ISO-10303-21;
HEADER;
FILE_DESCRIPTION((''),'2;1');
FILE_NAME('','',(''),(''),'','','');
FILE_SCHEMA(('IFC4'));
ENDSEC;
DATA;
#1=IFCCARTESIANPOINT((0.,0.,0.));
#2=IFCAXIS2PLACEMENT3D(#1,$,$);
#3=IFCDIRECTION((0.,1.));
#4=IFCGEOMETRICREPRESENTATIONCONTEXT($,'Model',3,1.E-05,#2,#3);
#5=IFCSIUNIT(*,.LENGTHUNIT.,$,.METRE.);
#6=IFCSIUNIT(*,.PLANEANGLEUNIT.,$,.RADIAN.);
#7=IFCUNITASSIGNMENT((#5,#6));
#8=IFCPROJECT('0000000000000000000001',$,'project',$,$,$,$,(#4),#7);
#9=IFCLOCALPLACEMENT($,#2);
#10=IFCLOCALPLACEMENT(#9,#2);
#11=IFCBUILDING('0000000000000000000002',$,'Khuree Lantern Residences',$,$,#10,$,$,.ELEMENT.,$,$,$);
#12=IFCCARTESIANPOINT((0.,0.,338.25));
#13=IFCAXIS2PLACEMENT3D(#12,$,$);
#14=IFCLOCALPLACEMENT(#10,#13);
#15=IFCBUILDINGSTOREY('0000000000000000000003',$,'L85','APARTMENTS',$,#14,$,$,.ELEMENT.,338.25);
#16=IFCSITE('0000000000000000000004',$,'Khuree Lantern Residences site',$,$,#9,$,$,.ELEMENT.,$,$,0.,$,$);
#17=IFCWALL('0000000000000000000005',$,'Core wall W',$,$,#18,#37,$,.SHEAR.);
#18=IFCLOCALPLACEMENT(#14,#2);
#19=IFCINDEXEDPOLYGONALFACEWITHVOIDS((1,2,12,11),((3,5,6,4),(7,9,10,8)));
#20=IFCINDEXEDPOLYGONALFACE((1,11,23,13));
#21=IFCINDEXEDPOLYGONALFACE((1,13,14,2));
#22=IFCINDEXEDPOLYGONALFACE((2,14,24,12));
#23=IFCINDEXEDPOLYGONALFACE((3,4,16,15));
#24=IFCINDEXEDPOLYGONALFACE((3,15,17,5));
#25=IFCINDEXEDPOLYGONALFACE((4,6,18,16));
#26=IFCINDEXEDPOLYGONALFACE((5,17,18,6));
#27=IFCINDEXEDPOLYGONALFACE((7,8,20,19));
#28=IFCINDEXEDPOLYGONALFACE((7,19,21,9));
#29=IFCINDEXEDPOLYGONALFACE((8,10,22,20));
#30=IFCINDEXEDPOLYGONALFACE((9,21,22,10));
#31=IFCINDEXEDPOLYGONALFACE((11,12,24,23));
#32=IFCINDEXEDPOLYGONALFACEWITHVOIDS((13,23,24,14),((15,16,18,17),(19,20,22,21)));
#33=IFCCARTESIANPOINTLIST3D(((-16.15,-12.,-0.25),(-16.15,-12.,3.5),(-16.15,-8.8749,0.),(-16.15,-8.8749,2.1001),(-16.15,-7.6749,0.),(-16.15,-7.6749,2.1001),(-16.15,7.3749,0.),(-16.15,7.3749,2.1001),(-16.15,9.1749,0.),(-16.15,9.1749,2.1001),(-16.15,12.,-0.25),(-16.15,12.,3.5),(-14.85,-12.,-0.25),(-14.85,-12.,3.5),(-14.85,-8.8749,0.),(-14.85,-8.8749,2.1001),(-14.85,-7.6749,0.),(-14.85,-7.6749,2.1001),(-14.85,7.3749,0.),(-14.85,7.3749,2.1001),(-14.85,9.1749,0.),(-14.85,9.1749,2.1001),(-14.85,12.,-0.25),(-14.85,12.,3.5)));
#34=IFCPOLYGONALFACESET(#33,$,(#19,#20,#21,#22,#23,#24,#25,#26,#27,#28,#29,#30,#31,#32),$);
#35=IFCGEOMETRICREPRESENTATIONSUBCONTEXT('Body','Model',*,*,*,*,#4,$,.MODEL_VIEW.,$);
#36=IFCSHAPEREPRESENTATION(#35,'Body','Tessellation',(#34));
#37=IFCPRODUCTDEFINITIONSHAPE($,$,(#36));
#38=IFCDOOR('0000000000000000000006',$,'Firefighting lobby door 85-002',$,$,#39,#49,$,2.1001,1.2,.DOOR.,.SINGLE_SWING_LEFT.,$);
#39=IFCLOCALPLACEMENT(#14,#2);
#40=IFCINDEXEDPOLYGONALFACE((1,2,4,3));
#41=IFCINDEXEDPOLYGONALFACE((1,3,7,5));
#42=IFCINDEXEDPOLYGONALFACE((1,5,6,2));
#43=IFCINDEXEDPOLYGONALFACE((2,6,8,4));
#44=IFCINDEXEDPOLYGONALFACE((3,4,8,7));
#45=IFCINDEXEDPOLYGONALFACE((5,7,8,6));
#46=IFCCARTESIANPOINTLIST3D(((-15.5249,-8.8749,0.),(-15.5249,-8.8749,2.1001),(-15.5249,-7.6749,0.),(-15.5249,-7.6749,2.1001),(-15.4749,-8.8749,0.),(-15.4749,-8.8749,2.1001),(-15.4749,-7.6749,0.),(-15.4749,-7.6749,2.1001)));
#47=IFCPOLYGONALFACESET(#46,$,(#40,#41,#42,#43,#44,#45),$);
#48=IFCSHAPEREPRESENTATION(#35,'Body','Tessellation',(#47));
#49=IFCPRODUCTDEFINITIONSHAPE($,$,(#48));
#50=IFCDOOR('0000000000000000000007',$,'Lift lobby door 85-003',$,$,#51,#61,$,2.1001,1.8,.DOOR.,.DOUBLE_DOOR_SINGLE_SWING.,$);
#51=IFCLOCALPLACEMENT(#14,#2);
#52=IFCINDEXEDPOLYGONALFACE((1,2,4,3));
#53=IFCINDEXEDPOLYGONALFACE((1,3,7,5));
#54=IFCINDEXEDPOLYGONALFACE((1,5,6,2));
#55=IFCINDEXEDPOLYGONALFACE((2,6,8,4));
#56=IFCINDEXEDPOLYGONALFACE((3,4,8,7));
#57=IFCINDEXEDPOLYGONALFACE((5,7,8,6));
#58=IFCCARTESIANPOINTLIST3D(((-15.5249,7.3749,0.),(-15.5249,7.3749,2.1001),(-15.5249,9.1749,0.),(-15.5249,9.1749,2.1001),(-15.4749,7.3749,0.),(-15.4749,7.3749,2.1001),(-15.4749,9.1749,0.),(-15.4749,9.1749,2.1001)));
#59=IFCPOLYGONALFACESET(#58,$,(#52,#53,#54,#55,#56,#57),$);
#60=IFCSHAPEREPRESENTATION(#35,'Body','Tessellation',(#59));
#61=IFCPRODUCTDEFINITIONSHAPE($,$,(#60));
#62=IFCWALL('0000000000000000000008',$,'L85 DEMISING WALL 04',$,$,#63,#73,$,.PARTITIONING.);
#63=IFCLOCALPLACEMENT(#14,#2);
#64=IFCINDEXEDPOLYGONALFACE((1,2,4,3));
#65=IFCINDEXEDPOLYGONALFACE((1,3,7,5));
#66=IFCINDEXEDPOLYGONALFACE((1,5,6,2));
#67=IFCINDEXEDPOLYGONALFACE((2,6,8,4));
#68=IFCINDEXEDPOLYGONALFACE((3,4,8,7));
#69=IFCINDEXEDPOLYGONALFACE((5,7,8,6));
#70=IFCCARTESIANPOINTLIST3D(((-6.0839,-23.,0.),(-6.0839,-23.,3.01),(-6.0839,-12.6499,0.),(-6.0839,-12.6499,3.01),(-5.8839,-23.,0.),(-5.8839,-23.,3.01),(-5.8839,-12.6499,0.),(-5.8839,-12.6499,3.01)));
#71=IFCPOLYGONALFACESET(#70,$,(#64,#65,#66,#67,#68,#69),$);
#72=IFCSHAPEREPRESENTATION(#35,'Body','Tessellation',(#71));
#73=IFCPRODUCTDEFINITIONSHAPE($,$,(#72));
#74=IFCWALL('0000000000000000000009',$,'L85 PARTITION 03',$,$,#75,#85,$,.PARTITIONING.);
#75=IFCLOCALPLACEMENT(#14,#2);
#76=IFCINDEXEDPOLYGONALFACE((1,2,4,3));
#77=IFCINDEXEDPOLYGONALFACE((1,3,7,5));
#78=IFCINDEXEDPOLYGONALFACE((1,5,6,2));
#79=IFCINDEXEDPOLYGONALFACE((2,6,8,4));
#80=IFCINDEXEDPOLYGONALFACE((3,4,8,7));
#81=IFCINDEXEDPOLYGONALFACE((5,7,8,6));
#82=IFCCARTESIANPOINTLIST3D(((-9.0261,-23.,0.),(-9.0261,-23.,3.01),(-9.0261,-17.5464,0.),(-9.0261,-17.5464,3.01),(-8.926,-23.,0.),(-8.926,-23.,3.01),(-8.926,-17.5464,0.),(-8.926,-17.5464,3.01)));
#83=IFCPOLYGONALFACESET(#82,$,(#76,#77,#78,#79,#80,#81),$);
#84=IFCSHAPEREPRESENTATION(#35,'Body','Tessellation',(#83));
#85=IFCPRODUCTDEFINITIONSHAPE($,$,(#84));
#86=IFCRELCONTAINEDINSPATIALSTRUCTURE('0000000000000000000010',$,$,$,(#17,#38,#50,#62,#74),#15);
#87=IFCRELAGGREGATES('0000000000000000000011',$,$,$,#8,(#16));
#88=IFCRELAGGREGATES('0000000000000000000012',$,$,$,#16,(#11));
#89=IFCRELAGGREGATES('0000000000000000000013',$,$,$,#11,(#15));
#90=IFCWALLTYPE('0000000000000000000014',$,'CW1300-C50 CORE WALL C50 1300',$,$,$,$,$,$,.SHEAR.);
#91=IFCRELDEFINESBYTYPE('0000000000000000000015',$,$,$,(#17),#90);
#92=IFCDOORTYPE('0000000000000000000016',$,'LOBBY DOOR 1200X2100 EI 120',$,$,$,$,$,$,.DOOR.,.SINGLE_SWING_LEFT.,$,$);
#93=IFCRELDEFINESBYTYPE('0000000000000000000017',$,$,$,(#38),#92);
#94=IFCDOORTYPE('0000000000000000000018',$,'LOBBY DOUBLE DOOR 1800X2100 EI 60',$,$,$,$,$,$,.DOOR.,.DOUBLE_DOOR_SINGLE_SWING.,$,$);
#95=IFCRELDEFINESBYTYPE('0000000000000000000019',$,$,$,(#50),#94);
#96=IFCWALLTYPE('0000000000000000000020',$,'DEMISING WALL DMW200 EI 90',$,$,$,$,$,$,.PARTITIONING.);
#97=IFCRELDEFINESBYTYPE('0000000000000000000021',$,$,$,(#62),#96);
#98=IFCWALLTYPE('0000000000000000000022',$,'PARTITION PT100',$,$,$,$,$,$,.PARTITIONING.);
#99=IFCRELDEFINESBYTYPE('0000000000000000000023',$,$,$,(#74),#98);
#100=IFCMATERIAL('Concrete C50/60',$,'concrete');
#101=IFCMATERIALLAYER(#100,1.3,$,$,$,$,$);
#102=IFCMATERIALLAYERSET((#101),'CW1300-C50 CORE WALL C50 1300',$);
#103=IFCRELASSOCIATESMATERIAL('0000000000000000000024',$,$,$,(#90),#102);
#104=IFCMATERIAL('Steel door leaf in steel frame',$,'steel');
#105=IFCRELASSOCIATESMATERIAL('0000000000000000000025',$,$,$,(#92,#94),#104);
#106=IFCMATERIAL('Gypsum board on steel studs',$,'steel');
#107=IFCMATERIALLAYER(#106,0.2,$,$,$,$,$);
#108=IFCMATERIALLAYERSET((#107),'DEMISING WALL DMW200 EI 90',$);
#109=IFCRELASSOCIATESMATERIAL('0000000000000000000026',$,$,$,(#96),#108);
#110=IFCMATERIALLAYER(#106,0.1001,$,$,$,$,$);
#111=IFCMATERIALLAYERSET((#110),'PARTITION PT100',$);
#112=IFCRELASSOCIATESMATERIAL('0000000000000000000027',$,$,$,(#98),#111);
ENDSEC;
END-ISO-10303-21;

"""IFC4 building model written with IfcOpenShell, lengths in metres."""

from ifc_helpers import new_model, si_unit, direction, frame, frame_2d, origin, place, context, subcontext, project, spatial, rectangle, extrude, material, layer, layer_set, type_object, element, fill, save


model = new_model("IFC4")

# Units and contexts
model_context = context("Model", 3, precision=1e-05, world=origin(), true_north=direction((0.0, 1.0)))
body_context = subcontext(model_context, "Body", "Model", "MODEL_VIEW")
ifc_project = project(units=[si_unit("LENGTHUNIT", "METRE"), si_unit("PLANEANGLEUNIT", "RADIAN")], contexts=[model_context])

# Site, building, storey
site_placement = place(None, origin())
site = spatial("IfcSite", under=ifc_project, at=site_placement, Name="Khuree Lantern Residences site", CompositionType="ELEMENT", RefElevation=0.0)
building_placement = place(site_placement, origin())
building = spatial("IfcBuilding", under=site, at=building_placement, Name="Khuree Lantern Residences", CompositionType="ELEMENT")
storey_placement = place(building_placement, frame((0.0, 0.0, 338.25)))
storey = spatial("IfcBuildingStorey", under=building, at=storey_placement, Name="L85", Description="APARTMENTS", CompositionType="ELEMENT", Elevation=338.25)

# Shared definitions
ifc_material_1 = material(Name="Concrete C50/60", Category="concrete")
ifc_layer_1 = layer(ifc_material_1, 1.3)
ifc_layer_set_1 = layer_set([ifc_layer_1], Name="CW1300-C50 CORE WALL C50 1300")
wall_type_1 = type_object("IfcWallType", Name="CW1300-C50 CORE WALL C50 1300", PredefinedType="SHEAR", material=ifc_layer_set_1)

# Wall, openings, doors
wall_1_placement = place(storey_placement, frame((-15.5, -12.0, -0.25), z_axis=(0.0, 0.0, 1.0), x_axis=(0.0, 1.0, 0.0)))
wall_1 = element("IfcWall", 1, at=wall_1_placement, inside=storey, type_object=wall_type_1, Name="Core wall W", PredefinedType="SHEAR", context=body_context, shape_type="SweptSolid", body=[
    extrude(rectangle(XDim=24.0, YDim=1.3, at=frame_2d((12.0, 0.0))), origin(), (0.0, 0.0, 1.0), 3.75),
])
opening_1_placement = place(wall_1_placement, frame((3.125, 0.0, 0.25)))
opening_1 = element("IfcOpeningElement", 2, at=opening_1_placement, cuts=wall_1, PredefinedType="OPENING", context=body_context, shape_type="SweptSolid", body=[
    extrude(rectangle(XDim=1.2, YDim=2.1001, at=frame_2d((0.6001, 1.05))), frame((0.0, 0.6602, 0.0), z_axis=(0.0, -1.0, 0.0), x_axis=(1.0, 0.0, 0.0)), (0.0, 0.0, 1.0), 1.3201),
])
opening_2_placement = place(wall_1_placement, frame((19.375, 0.0, 0.25)))
opening_2 = element("IfcOpeningElement", 3, at=opening_2_placement, cuts=wall_1, PredefinedType="OPENING", context=body_context, shape_type="SweptSolid", body=[
    extrude(rectangle(XDim=1.8, YDim=2.1001, at=frame_2d((0.8999, 1.05))), frame((0.0, 0.6602, 0.0), z_axis=(0.0, -1.0, 0.0), x_axis=(1.0, 0.0, 0.0)), (0.0, 0.0, 1.0), 1.3201),
])
ifc_material_2 = material(Name="Steel door leaf in steel frame", Category="steel")
door_type_1 = type_object("IfcDoorType", Name="LOBBY DOOR 1200X2100 EI 120", OperationType="SINGLE_SWING_LEFT", PredefinedType="DOOR", material=ifc_material_2)
door_1_placement = place(opening_1_placement, origin())
door_1 = element("IfcDoor", 4, at=door_1_placement, inside=storey, type_object=door_type_1, Name="Firefighting lobby door 85-002", OperationType="SINGLE_SWING_LEFT", OverallHeight=2.1001, OverallWidth=1.2, PredefinedType="DOOR", context=body_context, shape_type="SweptSolid", body=[
    extrude(rectangle(XDim=1.2, YDim=2.1001, at=frame_2d((0.6001, 1.05))), frame((0.0, 0.0249, 0.0), z_axis=(0.0, -1.0, 0.0), x_axis=(1.0, 0.0, 0.0)), (0.0, 0.0, 1.0), 0.05),
])
fill(opening_1, door_1)
door_type_2 = type_object("IfcDoorType", Name="LOBBY DOUBLE DOOR 1800X2100 EI 60", OperationType="DOUBLE_DOOR_SINGLE_SWING", PredefinedType="DOOR", material=ifc_material_2)
door_2_placement = place(opening_2_placement, origin())
door_2 = element("IfcDoor", 5, at=door_2_placement, inside=storey, type_object=door_type_2, Name="Lift lobby door 85-003", OperationType="DOUBLE_DOOR_SINGLE_SWING", OverallHeight=2.1001, OverallWidth=1.8, PredefinedType="DOOR", context=body_context, shape_type="SweptSolid", body=[
    extrude(rectangle(XDim=1.8, YDim=2.1001, at=frame_2d((0.8999, 1.05))), frame((0.0, 0.0249, 0.0), z_axis=(0.0, -1.0, 0.0), x_axis=(1.0, 0.0, 0.0)), (0.0, 0.0, 1.0), 0.05),
])
fill(opening_2, door_2)

# Walls
ifc_material_3 = material(Name="Gypsum board on steel studs", Category="steel")
ifc_layer_2 = layer(ifc_material_3, 0.2)
ifc_layer_set_2 = layer_set([ifc_layer_2], Name="DEMISING WALL DMW200 EI 90")
wall_type_2 = type_object("IfcWallType", Name="DEMISING WALL DMW200 EI 90", PredefinedType="PARTITIONING", material=ifc_layer_set_2)
wall_2_placement = place(storey_placement, frame((-5.9839, -12.6499, 0.0), z_axis=(0.0, 0.0, 1.0), x_axis=(0.0, -1.0, 0.0)))
element("IfcWall", 6, at=wall_2_placement, inside=storey, type_object=wall_type_2, Name="L85 DEMISING WALL 04", PredefinedType="PARTITIONING", context=body_context, shape_type="SweptSolid", body=[
    extrude(rectangle(XDim=10.3501, YDim=0.2, at=frame_2d((5.175, 0.0))), origin(), (0.0, 0.0, 1.0), 3.01),
])
ifc_layer_3 = layer(ifc_material_3, 0.1001)
ifc_layer_set_3 = layer_set([ifc_layer_3], Name="PARTITION PT100")
wall_type_3 = type_object("IfcWallType", Name="PARTITION PT100", PredefinedType="PARTITIONING", material=ifc_layer_set_3)
wall_3_placement = place(storey_placement, frame((-8.9761, -17.5464, 0.0), z_axis=(0.0, 0.0, 1.0), x_axis=(0.0, -1.0, 0.0)))
element("IfcWall", 7, at=wall_3_placement, inside=storey, type_object=wall_type_3, Name="L85 PARTITION 03", PredefinedType="PARTITIONING", context=body_context, shape_type="SweptSolid", body=[
    extrude(rectangle(XDim=5.4536, YDim=0.1001, at=frame_2d((2.7268, 0.0))), origin(), (0.0, 0.0, 1.0), 3.01),
])

save(model, "model.ifc")
